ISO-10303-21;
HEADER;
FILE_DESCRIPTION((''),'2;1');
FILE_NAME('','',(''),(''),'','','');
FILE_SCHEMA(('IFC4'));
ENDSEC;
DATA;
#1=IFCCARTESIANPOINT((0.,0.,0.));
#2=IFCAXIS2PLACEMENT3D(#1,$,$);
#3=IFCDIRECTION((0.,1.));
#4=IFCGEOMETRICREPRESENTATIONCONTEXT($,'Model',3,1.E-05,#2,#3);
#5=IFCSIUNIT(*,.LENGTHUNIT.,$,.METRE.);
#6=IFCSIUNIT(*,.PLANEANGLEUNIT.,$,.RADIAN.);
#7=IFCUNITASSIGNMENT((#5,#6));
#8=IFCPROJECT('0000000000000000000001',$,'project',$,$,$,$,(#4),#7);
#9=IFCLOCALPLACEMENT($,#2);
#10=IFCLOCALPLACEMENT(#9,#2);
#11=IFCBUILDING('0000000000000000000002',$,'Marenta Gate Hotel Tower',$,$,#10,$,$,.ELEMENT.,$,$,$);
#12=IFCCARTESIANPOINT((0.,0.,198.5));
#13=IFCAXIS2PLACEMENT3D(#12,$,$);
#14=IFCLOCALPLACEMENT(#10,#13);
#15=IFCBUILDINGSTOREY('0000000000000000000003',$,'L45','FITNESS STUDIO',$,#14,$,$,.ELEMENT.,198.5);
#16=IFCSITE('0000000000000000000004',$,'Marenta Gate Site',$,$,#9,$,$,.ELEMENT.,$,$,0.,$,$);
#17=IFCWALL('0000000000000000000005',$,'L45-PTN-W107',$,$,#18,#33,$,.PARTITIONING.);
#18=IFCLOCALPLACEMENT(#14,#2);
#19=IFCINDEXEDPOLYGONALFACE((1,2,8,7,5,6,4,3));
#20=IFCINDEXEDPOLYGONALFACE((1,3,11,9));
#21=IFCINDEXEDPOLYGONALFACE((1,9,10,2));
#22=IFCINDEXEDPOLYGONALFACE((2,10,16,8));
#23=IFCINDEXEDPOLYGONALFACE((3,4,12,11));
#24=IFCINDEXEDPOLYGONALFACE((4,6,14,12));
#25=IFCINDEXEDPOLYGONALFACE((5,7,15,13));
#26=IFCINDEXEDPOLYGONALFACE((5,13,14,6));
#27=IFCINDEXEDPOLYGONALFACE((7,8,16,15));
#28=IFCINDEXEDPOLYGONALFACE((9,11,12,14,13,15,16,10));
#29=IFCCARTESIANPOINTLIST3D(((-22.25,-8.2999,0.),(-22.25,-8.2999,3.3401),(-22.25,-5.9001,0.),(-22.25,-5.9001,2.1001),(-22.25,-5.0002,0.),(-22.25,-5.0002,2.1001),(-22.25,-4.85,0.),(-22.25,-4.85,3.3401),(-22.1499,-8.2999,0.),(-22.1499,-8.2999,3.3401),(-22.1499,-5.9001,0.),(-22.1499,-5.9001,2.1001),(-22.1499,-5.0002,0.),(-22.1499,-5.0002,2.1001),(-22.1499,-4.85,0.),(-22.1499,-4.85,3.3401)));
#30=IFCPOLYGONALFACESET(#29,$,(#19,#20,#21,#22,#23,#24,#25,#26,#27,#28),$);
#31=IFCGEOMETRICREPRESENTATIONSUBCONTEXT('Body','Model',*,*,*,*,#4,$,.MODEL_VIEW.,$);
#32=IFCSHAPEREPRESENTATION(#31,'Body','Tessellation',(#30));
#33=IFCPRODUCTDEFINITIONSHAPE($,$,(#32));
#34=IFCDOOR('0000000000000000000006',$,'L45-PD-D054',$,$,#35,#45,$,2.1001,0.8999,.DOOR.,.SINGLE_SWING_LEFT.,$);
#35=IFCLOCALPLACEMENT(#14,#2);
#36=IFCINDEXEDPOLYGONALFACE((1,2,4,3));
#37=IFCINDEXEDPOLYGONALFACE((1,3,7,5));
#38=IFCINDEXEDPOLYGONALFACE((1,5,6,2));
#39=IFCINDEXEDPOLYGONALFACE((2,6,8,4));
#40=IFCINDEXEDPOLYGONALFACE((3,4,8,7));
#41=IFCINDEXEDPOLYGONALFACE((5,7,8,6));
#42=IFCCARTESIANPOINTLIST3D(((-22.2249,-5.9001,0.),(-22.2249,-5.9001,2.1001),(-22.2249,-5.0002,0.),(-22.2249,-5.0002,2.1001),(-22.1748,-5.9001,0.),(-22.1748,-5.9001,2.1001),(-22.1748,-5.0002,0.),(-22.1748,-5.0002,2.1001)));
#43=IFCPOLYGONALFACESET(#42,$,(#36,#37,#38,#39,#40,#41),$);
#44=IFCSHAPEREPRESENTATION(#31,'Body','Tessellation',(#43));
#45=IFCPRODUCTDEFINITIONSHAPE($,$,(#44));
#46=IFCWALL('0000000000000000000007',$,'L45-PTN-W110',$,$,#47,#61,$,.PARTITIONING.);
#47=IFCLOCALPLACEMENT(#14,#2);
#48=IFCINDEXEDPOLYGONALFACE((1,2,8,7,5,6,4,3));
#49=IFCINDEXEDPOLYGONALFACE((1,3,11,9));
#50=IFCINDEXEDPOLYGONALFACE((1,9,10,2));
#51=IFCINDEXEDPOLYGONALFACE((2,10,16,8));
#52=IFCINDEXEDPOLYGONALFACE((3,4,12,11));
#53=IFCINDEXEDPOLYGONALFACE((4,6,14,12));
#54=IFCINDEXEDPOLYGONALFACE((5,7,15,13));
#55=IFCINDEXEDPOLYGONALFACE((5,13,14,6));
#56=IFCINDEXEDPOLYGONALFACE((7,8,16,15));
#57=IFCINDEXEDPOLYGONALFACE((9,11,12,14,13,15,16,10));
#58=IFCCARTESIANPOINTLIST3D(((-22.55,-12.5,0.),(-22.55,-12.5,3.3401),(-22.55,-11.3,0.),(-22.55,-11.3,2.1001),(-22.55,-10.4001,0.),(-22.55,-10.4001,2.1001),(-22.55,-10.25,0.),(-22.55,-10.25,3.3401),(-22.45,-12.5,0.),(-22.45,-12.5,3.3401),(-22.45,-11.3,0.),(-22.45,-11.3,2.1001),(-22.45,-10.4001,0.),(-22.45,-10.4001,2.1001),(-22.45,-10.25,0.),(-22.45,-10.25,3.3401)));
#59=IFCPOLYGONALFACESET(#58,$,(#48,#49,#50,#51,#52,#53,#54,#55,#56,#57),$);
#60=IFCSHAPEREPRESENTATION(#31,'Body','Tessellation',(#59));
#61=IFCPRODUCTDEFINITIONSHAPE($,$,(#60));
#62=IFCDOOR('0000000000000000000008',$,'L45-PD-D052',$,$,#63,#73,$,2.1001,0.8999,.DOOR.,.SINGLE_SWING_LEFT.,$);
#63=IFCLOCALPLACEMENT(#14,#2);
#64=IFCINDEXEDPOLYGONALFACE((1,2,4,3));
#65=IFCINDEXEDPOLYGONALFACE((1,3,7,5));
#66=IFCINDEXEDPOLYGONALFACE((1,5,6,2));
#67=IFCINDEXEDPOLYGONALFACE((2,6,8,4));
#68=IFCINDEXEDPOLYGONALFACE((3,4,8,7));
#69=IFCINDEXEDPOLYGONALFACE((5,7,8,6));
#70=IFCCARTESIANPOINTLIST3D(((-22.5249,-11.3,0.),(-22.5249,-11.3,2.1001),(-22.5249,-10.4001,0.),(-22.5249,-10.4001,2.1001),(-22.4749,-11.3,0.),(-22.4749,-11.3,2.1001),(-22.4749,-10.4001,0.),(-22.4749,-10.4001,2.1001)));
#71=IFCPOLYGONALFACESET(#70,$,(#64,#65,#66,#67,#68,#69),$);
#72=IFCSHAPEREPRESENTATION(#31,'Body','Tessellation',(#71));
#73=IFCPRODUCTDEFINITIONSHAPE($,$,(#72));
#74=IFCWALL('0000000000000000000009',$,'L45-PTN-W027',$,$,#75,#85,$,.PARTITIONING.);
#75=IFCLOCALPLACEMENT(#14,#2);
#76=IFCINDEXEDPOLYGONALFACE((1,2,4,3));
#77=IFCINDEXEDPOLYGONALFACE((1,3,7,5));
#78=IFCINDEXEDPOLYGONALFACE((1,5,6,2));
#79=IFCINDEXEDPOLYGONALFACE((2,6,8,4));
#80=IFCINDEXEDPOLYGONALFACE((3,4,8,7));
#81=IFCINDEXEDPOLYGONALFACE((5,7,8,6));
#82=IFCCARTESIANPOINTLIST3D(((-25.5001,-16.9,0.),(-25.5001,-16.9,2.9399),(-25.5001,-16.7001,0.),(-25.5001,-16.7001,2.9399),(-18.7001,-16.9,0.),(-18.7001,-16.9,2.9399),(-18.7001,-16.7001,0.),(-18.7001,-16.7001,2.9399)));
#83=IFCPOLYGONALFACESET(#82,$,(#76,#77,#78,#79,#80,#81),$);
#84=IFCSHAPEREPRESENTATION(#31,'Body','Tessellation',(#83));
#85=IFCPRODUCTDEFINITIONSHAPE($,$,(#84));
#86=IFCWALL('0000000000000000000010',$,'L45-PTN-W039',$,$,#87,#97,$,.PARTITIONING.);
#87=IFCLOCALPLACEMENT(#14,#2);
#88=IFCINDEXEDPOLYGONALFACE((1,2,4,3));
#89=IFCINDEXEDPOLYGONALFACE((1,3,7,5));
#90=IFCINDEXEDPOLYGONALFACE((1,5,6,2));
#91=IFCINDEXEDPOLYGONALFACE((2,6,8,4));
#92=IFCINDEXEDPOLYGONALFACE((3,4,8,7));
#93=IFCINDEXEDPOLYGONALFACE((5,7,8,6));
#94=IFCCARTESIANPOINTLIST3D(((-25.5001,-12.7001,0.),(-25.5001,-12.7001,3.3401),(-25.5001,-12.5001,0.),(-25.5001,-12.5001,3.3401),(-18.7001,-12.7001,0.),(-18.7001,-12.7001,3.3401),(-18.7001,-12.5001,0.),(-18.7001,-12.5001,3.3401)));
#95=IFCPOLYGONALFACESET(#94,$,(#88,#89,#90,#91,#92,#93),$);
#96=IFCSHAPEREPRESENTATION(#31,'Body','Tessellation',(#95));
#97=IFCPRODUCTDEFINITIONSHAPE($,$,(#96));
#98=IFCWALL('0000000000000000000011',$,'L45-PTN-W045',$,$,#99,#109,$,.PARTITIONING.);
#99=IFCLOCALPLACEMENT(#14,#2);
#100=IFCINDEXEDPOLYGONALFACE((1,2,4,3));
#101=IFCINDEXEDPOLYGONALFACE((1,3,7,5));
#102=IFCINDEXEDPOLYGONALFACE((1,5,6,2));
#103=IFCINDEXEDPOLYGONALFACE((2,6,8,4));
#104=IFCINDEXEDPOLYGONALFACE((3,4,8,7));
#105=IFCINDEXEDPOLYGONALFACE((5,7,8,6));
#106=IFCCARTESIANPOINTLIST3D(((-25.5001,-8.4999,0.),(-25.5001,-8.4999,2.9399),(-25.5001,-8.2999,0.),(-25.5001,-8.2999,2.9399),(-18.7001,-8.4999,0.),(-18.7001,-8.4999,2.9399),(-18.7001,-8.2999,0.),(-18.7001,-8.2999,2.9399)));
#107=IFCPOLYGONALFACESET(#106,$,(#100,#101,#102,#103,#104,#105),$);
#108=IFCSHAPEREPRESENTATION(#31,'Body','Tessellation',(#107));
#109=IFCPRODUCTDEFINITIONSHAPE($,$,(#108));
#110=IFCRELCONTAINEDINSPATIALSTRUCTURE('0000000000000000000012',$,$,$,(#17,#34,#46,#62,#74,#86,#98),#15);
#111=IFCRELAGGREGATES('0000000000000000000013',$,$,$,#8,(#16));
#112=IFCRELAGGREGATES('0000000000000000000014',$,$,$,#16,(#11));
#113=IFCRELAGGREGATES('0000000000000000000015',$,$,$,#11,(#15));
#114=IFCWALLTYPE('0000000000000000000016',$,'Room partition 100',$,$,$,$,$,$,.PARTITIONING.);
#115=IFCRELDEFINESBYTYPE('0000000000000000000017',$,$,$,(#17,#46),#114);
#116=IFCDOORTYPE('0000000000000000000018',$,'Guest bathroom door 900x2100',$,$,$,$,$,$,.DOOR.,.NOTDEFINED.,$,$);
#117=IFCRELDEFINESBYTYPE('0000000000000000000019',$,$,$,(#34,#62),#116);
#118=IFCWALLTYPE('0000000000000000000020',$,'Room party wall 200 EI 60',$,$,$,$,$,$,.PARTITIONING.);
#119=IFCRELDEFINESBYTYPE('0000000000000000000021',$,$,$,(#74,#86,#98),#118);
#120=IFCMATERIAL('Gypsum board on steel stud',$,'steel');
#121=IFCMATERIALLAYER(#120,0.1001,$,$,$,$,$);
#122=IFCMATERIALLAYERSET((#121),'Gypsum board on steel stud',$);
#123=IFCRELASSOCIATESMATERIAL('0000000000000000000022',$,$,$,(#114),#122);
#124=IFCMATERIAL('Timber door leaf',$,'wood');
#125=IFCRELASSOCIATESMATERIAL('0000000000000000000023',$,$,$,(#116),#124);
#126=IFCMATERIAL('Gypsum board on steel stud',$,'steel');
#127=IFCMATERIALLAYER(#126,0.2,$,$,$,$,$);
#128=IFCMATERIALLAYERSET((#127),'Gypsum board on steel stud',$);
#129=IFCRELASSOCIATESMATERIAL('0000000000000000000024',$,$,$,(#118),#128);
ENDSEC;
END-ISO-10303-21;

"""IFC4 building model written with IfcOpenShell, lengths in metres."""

from ifc_helpers import new_model, si_unit, direction, frame, frame_2d, origin, place, context, subcontext, project, spatial, rectangle, extrude, material, layer, layer_set, type_object, element, fill, save


model = new_model("IFC4")

# Units and contexts
model_context = context("Model", 3, precision=1e-05, world=origin(), true_north=direction((0.0, 1.0)))
body_context = subcontext(model_context, "Body", "Model", "MODEL_VIEW")
ifc_project = project(units=[si_unit("LENGTHUNIT", "METRE"), si_unit("PLANEANGLEUNIT", "RADIAN")], contexts=[model_context])

# Site, building, storey
site_placement = place(None, origin())
site = spatial("IfcSite", under=ifc_project, at=site_placement, Name="Marenta Gate Site", CompositionType="ELEMENT", RefElevation=0.0)
building_placement = place(site_placement, origin())
building = spatial("IfcBuilding", under=site, at=building_placement, Name="Marenta Gate Hotel Tower", CompositionType="ELEMENT")
storey_placement = place(building_placement, frame((0.0, 0.0, 198.5)))
storey = spatial("IfcBuildingStorey", under=building, at=storey_placement, Name="L45", Description="FITNESS STUDIO", CompositionType="ELEMENT", Elevation=198.5)

# Shared definitions
ifc_material_1 = material(Name="Gypsum board on steel stud", Category="steel")
ifc_layer_1 = layer(ifc_material_1, 0.1001)
ifc_layer_set_1 = layer_set([ifc_layer_1], Name="Gypsum board on steel stud")
wall_type_1 = type_object("IfcWallType", Name="Room partition 100", PredefinedType="PARTITIONING", material=ifc_layer_set_1)

# Shared definitions
ifc_material_2 = material(Name="Timber door leaf", Category="wood")
door_type_1 = type_object("IfcDoorType", Name="Guest bathroom door 900x2100", OperationType="NOTDEFINED", PredefinedType="DOOR", material=ifc_material_2)

# Walls, openings, doors
wall_1_placement = place(storey_placement, frame((-22.2, -8.3, 0.0), z_axis=(0.0, 0.0, 1.0), x_axis=(0.0, 1.0, 0.0)))
wall_1 = element("IfcWall", 1, at=wall_1_placement, inside=storey, type_object=wall_type_1, Name="L45-PTN-W107", PredefinedType="PARTITIONING", context=body_context, shape_type="SweptSolid", body=[
    extrude(rectangle(XDim=3.45, YDim=0.1001, at=frame_2d((1.7251, 0.0))), origin(), (0.0, 0.0, 1.0), 3.3401),
])
opening_1_placement = place(wall_1_placement, frame((2.3999, 0.0, 0.0)))
opening_1 = element("IfcOpeningElement", 2, at=opening_1_placement, cuts=wall_1, PredefinedType="OPENING", context=body_context, shape_type="SweptSolid", body=[
    extrude(rectangle(XDim=0.8999, YDim=2.1001, at=frame_2d((0.45, 1.05))), frame((0.0, 0.05, 0.0), z_axis=(0.0, -1.0, 0.0), x_axis=(1.0, 0.0, 0.0)), (0.0, 0.0, 1.0), 0.1001),
])
door_1_placement = place(opening_1_placement, origin())
door_1 = element("IfcDoor", 3, at=door_1_placement, inside=storey, type_object=door_type_1, Name="L45-PD-D054", OperationType="SINGLE_SWING_LEFT", OverallHeight=2.1001, OverallWidth=0.8999, PredefinedType="DOOR", context=body_context, shape_type="SweptSolid", body=[
    extrude(rectangle(XDim=0.8999, YDim=2.1001, at=frame_2d((0.45, 1.05))), frame((0.0, 0.0249, 0.0), z_axis=(0.0, -1.0, 0.0), x_axis=(1.0, 0.0, 0.0)), (0.0, 0.0, 1.0), 0.05),
])
fill(opening_1, door_1)
wall_2_placement = place(storey_placement, frame((-22.5, -12.5, 0.0), z_axis=(0.0, 0.0, 1.0), x_axis=(0.0, 1.0, 0.0)))
wall_2 = element("IfcWall", 4, at=wall_2_placement, inside=storey, type_object=wall_type_1, Name="L45-PTN-W110", PredefinedType="PARTITIONING", context=body_context, shape_type="SweptSolid", body=[
    extrude(rectangle(XDim=2.25, YDim=0.1001, at=frame_2d((1.125, 0.0))), origin(), (0.0, 0.0, 1.0), 3.3401),
])
opening_2_placement = place(wall_2_placement, frame((1.2, 0.0, 0.0)))
opening_2 = element("IfcOpeningElement", 5, at=opening_2_placement, cuts=wall_2, PredefinedType="OPENING", context=body_context, shape_type="SweptSolid", body=[
    extrude(rectangle(XDim=0.8999, YDim=2.1001, at=frame_2d((0.45, 1.05))), frame((0.0, 0.05, 0.0), z_axis=(0.0, -1.0, 0.0), x_axis=(1.0, 0.0, 0.0)), (0.0, 0.0, 1.0), 0.1001),
])
door_2_placement = place(opening_2_placement, origin())
door_2 = element("IfcDoor", 6, at=door_2_placement, inside=storey, type_object=door_type_1, Name="L45-PD-D052", OperationType="SINGLE_SWING_LEFT", OverallHeight=2.1001, OverallWidth=0.8999, PredefinedType="DOOR", context=body_context, shape_type="SweptSolid", body=[
    extrude(rectangle(XDim=0.8999, YDim=2.1001, at=frame_2d((0.45, 1.05))), frame((0.0, 0.0249, 0.0), z_axis=(0.0, -1.0, 0.0), x_axis=(1.0, 0.0, 0.0)), (0.0, 0.0, 1.0), 0.05),
])
fill(opening_2, door_2)

# Walls
ifc_material_3 = material(Name="Gypsum board on steel stud", Category="steel")
ifc_layer_2 = layer(ifc_material_3, 0.2)
ifc_layer_set_2 = layer_set([ifc_layer_2], Name="Gypsum board on steel stud")
wall_type_2 = type_object("IfcWallType", Name="Room party wall 200 EI 60", PredefinedType="PARTITIONING", material=ifc_layer_set_2)
wall_3_placement = place(storey_placement, frame((-25.5, -16.8, 0.0), z_axis=(0.0, 0.0, 1.0), x_axis=(1.0, 0.0, 0.0)))
element("IfcWall", 7, at=wall_3_placement, inside=storey, type_object=wall_type_2, Name="L45-PTN-W027", PredefinedType="PARTITIONING", context=body_context, shape_type="SweptSolid", body=[
    extrude(rectangle(XDim=6.8, YDim=0.2, at=frame_2d((3.3999, 0.0))), origin(), (0.0, 0.0, 1.0), 2.9399),
])
wall_4_placement = place(storey_placement, frame((-25.5, -12.6001, 0.0), z_axis=(0.0, 0.0, 1.0), x_axis=(1.0, 0.0, 0.0)))
element("IfcWall", 8, at=wall_4_placement, inside=storey, type_object=wall_type_2, Name="L45-PTN-W039", PredefinedType="PARTITIONING", context=body_context, shape_type="SweptSolid", body=[
    extrude(rectangle(XDim=6.8, YDim=0.2, at=frame_2d((3.3999, 0.0))), origin(), (0.0, 0.0, 1.0), 3.3401),
])
wall_5_placement = place(storey_placement, frame((-25.5, -8.3999, 0.0), z_axis=(0.0, 0.0, 1.0), x_axis=(1.0, 0.0, 0.0)))
element("IfcWall", 9, at=wall_5_placement, inside=storey, type_object=wall_type_2, Name="L45-PTN-W045", PredefinedType="PARTITIONING", context=body_context, shape_type="SweptSolid", body=[
    extrude(rectangle(XDim=6.8, YDim=0.2, at=frame_2d((3.3999, 0.0))), origin(), (0.0, 0.0, 1.0), 2.9399),
])

save(model, "model.ifc")
